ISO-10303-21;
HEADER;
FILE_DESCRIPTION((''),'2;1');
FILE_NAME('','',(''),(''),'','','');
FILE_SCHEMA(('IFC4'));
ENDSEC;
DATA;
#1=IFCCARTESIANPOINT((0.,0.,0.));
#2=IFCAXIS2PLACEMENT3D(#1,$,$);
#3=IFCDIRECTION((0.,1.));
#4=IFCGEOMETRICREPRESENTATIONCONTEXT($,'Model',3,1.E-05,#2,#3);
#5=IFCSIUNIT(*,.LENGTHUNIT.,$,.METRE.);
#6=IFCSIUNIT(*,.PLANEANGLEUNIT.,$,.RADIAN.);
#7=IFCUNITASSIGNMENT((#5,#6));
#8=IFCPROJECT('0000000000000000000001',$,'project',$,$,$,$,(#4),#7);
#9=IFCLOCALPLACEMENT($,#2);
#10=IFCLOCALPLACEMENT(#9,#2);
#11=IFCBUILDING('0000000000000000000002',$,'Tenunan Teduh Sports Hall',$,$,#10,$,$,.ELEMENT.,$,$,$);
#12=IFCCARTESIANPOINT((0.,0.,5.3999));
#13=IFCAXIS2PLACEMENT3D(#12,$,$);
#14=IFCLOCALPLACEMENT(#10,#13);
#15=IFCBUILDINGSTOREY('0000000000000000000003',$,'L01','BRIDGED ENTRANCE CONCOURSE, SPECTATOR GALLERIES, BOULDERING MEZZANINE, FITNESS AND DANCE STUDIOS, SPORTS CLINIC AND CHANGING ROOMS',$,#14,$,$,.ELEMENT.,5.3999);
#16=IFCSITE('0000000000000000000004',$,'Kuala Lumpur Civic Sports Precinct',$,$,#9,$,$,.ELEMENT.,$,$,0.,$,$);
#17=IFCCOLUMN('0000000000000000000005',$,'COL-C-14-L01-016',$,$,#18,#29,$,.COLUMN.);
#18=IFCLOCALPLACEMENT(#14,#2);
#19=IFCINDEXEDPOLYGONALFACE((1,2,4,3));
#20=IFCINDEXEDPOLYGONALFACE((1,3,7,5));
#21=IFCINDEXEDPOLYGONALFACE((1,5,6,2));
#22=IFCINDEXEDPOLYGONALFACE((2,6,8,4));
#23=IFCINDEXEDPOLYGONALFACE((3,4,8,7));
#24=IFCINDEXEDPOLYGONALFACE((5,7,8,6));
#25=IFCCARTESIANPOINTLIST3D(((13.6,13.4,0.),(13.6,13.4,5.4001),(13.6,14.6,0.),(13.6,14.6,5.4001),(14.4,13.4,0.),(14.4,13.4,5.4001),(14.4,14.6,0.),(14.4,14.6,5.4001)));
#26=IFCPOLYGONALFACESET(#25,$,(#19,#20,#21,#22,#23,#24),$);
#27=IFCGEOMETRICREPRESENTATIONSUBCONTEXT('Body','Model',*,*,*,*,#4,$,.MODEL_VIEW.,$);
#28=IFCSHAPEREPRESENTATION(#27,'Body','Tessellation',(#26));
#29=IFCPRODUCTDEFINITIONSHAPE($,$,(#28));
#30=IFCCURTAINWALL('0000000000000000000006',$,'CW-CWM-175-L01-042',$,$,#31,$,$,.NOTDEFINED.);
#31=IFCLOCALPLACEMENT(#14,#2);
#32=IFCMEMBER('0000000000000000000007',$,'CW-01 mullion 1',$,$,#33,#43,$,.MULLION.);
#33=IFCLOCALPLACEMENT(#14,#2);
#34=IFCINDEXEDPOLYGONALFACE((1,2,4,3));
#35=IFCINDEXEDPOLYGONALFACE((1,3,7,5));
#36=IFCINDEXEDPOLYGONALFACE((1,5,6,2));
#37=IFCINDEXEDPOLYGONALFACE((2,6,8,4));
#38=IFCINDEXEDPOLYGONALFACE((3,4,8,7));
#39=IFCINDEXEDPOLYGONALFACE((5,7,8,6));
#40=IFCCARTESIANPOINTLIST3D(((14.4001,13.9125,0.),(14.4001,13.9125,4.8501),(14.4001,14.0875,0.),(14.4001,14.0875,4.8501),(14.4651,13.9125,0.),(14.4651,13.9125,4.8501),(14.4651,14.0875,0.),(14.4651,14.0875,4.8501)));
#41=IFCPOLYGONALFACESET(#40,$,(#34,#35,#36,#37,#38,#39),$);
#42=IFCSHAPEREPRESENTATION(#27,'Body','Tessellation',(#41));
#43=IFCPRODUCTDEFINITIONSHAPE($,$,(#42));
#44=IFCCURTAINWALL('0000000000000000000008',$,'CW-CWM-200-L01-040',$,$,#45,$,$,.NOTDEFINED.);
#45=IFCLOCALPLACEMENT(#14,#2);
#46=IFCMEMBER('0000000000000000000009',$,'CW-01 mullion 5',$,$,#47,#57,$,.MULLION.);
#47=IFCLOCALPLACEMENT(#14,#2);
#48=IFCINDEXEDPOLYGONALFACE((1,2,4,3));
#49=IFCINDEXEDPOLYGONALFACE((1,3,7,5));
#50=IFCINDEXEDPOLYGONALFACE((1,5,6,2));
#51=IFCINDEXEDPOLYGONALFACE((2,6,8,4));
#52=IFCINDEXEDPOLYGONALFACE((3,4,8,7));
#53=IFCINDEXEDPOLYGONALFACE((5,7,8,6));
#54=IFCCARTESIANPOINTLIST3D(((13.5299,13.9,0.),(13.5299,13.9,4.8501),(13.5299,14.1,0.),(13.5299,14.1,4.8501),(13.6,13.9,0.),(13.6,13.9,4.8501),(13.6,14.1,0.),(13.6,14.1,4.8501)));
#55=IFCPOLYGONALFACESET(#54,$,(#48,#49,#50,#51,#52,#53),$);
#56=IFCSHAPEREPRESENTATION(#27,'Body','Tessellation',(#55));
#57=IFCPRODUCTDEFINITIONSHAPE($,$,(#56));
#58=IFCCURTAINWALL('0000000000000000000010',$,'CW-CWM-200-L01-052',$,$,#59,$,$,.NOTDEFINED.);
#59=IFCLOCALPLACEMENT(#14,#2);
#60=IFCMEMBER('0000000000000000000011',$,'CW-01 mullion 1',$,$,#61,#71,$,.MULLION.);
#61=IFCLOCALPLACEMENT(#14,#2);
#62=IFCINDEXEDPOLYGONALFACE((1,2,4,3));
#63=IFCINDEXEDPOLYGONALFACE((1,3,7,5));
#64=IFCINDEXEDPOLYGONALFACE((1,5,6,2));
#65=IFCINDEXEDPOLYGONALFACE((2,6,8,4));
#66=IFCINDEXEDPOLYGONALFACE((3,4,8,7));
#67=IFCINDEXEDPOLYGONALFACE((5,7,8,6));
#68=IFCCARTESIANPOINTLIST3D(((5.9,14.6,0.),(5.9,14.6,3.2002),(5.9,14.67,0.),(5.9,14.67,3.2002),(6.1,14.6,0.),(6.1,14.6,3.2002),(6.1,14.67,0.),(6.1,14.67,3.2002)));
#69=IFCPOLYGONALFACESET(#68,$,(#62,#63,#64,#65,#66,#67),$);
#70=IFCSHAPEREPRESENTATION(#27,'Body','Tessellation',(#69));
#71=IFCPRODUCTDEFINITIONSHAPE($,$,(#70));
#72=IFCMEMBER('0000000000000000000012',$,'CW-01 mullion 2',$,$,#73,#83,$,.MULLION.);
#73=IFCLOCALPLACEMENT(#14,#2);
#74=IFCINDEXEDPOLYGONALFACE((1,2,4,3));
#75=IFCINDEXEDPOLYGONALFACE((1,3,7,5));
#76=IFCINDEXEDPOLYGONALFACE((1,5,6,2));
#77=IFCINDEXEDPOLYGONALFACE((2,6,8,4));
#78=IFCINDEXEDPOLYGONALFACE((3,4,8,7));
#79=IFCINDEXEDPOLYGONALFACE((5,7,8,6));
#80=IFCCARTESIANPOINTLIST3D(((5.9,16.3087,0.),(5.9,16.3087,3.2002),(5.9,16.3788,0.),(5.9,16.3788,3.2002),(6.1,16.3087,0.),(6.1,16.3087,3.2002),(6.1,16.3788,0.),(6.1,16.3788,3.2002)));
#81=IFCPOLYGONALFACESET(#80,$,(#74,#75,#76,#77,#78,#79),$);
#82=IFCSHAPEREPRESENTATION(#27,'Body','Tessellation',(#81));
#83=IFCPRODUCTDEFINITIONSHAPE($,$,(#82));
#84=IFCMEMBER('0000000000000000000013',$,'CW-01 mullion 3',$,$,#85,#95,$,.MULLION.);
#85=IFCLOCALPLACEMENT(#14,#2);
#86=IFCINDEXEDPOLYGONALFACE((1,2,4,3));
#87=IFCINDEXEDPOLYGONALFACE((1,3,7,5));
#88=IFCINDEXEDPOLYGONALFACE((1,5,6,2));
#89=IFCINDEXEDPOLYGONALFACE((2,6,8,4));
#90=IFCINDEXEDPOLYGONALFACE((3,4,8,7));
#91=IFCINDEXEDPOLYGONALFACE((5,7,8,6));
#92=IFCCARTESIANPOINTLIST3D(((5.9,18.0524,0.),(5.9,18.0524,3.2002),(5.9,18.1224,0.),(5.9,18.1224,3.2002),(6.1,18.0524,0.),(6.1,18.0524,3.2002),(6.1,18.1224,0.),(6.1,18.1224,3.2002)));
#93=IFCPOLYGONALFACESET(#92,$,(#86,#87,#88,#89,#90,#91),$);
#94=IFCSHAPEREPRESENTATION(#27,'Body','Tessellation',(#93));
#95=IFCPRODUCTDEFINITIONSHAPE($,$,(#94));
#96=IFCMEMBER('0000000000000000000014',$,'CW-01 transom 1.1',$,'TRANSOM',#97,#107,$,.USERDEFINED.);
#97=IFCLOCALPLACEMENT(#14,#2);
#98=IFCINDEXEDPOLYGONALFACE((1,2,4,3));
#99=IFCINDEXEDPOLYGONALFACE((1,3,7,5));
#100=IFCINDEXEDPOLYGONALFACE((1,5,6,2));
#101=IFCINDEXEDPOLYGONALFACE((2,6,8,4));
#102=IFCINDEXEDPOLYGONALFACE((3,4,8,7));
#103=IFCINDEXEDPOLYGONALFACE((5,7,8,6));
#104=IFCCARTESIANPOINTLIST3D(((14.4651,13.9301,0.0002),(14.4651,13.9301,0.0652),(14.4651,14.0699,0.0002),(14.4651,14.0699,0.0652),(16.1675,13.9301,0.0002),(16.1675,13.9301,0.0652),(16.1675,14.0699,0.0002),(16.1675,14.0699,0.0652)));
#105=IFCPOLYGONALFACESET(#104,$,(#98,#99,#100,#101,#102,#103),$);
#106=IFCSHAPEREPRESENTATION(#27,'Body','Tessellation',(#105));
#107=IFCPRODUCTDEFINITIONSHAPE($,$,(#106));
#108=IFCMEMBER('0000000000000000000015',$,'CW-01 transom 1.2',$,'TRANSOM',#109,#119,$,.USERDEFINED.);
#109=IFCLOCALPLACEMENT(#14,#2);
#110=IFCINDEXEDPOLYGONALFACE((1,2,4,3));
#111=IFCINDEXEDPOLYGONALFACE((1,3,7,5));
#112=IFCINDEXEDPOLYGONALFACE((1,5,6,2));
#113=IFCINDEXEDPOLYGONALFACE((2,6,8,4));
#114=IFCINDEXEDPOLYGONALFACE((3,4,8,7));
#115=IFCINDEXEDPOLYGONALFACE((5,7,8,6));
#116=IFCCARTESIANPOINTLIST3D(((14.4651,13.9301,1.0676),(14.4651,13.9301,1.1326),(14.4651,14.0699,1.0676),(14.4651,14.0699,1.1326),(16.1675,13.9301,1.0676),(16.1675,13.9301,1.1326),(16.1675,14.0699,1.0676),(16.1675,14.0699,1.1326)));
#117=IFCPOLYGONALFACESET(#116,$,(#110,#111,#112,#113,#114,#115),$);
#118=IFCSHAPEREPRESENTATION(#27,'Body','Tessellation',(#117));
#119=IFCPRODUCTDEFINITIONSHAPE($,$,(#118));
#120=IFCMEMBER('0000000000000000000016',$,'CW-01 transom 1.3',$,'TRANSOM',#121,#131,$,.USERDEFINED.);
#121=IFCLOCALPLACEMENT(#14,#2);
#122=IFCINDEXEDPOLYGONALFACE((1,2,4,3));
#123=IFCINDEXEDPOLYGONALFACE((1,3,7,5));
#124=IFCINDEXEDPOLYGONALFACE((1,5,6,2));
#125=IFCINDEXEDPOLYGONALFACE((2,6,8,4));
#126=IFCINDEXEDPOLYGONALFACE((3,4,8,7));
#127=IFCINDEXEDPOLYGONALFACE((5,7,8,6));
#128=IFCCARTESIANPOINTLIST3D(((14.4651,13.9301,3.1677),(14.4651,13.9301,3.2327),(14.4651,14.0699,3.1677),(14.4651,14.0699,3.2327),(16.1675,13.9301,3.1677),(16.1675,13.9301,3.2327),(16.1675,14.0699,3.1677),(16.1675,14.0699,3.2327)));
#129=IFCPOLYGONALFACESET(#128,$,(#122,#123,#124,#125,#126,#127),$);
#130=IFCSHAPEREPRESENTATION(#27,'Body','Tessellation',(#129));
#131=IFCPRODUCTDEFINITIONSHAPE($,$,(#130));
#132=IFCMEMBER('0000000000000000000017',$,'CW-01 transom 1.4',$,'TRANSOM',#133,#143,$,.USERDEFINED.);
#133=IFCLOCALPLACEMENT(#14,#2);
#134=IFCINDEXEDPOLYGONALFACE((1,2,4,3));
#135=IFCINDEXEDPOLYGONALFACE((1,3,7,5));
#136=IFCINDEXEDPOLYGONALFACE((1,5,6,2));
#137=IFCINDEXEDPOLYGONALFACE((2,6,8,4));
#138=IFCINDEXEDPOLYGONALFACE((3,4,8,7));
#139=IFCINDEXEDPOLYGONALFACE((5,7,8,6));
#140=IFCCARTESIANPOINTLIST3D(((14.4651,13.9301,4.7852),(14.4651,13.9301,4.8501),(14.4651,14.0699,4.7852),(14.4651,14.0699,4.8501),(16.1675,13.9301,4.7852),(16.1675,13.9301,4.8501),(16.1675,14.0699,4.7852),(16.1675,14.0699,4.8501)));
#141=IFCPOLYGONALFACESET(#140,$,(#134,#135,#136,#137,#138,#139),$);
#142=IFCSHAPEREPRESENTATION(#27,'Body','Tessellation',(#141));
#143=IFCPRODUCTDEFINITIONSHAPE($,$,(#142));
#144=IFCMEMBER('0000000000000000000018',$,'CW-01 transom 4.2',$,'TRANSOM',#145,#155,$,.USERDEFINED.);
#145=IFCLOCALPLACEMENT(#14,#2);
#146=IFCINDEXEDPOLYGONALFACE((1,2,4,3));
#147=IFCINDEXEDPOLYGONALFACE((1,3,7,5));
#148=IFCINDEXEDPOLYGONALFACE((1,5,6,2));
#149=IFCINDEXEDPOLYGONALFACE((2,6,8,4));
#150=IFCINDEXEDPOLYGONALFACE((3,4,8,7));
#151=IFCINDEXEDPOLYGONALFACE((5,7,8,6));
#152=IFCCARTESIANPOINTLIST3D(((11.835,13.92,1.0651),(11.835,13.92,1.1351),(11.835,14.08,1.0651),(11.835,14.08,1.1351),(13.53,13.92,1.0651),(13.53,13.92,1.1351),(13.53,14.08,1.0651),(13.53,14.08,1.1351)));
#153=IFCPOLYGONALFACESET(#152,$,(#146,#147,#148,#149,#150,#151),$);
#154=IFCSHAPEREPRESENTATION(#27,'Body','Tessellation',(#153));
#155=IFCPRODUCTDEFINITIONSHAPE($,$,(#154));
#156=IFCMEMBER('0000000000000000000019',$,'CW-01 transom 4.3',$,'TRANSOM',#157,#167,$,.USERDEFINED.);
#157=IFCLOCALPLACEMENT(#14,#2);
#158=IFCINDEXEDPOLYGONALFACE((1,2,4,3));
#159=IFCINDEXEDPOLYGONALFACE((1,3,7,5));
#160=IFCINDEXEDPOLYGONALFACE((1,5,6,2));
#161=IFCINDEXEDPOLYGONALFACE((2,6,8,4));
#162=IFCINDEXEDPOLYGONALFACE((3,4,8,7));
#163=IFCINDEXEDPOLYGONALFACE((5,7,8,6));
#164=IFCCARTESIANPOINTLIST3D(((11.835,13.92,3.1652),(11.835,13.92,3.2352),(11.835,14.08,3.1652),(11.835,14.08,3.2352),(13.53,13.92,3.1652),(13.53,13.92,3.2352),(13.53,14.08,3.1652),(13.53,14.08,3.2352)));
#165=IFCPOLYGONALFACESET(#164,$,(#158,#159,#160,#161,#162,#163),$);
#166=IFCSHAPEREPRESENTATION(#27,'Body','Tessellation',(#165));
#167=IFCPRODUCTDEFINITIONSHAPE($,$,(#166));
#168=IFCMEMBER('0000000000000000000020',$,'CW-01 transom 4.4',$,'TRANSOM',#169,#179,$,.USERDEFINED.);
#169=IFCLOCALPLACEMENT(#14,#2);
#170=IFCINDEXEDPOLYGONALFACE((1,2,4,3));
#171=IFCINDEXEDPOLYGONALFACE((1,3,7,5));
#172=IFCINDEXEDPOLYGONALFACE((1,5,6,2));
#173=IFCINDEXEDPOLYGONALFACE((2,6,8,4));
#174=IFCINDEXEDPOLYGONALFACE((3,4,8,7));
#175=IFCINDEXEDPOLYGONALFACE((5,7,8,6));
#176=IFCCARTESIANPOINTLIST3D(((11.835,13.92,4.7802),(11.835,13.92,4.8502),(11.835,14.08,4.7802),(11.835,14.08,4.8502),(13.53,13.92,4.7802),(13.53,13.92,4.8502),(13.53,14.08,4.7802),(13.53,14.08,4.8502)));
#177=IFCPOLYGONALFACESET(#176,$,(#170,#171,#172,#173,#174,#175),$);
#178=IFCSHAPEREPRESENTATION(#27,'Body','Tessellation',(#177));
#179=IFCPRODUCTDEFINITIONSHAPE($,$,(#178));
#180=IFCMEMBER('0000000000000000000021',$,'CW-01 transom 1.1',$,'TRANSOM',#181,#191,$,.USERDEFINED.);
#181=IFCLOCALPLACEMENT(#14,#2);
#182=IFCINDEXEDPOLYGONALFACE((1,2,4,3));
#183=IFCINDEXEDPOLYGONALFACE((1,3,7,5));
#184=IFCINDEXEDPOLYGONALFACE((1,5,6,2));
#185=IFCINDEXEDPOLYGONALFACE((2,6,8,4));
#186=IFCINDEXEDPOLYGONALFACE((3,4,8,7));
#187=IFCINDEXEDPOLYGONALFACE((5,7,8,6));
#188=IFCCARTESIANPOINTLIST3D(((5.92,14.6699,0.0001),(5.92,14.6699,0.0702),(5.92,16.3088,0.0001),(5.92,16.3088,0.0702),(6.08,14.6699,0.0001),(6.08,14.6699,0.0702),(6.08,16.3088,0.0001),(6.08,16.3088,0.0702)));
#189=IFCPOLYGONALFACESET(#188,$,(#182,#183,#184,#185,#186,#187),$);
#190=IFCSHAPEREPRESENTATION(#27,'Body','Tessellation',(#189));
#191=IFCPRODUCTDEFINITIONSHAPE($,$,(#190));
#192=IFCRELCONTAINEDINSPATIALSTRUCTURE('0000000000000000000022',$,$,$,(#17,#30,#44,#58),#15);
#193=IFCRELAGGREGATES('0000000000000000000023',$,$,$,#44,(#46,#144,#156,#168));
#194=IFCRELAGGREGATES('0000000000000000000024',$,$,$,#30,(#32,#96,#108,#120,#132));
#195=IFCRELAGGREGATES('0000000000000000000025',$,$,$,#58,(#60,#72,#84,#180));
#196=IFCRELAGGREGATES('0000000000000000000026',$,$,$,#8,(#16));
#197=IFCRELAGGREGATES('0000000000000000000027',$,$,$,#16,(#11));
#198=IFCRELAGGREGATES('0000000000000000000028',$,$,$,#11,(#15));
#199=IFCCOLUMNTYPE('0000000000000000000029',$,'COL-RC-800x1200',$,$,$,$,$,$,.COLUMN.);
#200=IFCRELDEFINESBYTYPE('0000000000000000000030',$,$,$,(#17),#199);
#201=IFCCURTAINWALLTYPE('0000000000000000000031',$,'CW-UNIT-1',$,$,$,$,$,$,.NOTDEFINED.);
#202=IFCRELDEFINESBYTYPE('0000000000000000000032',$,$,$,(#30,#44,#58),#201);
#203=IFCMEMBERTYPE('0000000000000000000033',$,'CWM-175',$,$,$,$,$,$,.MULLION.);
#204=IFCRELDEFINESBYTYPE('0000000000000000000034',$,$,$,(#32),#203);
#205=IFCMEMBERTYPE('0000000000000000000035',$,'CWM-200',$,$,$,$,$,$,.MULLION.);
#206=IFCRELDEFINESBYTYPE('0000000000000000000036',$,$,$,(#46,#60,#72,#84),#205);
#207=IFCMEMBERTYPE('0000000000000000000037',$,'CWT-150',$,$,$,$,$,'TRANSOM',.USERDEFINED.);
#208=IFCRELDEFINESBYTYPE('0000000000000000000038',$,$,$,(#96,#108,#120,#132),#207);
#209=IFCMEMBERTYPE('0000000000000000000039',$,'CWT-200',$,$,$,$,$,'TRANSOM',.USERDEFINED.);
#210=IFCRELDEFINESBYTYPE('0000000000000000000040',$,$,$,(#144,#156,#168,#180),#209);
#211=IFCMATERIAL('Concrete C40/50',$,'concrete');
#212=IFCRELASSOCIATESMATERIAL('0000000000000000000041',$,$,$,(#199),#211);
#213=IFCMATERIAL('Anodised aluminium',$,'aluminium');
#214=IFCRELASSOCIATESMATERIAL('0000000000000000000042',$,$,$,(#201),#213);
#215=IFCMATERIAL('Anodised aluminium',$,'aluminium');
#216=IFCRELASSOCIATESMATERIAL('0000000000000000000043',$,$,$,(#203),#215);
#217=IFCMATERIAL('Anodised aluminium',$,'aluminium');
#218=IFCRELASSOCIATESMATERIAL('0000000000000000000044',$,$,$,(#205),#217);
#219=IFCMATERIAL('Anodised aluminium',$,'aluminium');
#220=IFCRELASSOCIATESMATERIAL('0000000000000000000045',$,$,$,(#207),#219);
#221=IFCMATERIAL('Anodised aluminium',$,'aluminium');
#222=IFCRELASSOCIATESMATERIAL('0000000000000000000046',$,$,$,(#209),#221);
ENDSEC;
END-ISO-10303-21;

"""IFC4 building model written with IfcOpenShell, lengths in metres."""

from ifc_helpers import new_model, si_unit, direction, frame, origin, origin_2d, place, context, subcontext, project, spatial, rectangle, extrude, material, material_profile, profile_set, type_object, element, aggregate, save


model = new_model("IFC4")

# Units and contexts
model_context = context("Model", 3, precision=1e-05, world=origin(), true_north=direction((0.0, 1.0)))
body_context = subcontext(model_context, "Body", "Model", "MODEL_VIEW")
ifc_project = project(units=[si_unit("LENGTHUNIT", "METRE"), si_unit("PLANEANGLEUNIT", "RADIAN")], contexts=[model_context])

# Site, building, storey
site_placement = place(None, origin())
site = spatial("IfcSite", under=ifc_project, at=site_placement, Name="Kuala Lumpur Civic Sports Precinct", CompositionType="ELEMENT", RefElevation=0.0)
building_placement = place(site_placement, origin())
building = spatial("IfcBuilding", under=site, at=building_placement, Name="Tenunan Teduh Sports Hall", CompositionType="ELEMENT")
storey_placement = place(building_placement, frame((0.0, 0.0, 5.3999)))
storey = spatial("IfcBuildingStorey", under=building, at=storey_placement, Name="L01", Description="BRIDGED ENTRANCE CONCOURSE, SPECTATOR GALLERIES, BOULDERING MEZZANINE, FITNESS AND DANCE STUDIOS, SPORTS CLINIC AND CHANGING ROOMS", CompositionType="ELEMENT", Elevation=5.3999)

# Column
ifc_material_1 = material(Name="Concrete C40/50", Category="concrete")
ifc_material_profile_1 = material_profile(ifc_material_1, rectangle(XDim=0.8, YDim=1.2, at=origin_2d()), Name="RC 800x1200")
ifc_profile_set_1 = profile_set([ifc_material_profile_1], Name="Concrete C40/50")
column_type = type_object("IfcColumnType", Name="COL-RC-800x1200", PredefinedType="COLUMN", material=ifc_profile_set_1)
column_placement = place(storey_placement, frame((14.0, 14.0, 0.0), z_axis=(0.0, 0.0, 1.0), x_axis=(1.0, 0.0, 0.0)))
element("IfcColumn", 1, at=column_placement, inside=storey, type_object=column_type, Name="COL-C-14-L01-016", PredefinedType="COLUMN", context=body_context, shape_type="SweptSolid", body=[
    extrude(rectangle(XDim=0.8, YDim=1.2, at=origin_2d()), origin(), (0.0, 0.0, 1.0), 5.4001),
])

# Curtain walls, members
ifc_material_2 = material(Name="Anodised aluminium", Category="aluminium")
curtain_wall_type = type_object("IfcCurtainWallType", Name="CW-UNIT-1", PredefinedType="NOTDEFINED", material=ifc_material_2)
curtain_wall_1_placement = place(storey_placement, origin())
curtain_wall_1 = element("IfcCurtainWall", 2, at=curtain_wall_1_placement, inside=storey, type_object=curtain_wall_type, Name="CW-CWM-175-L01-042", PredefinedType="NOTDEFINED")
ifc_material_3 = material(Name="Anodised aluminium", Category="aluminium")
ifc_material_profile_2 = material_profile(ifc_material_3, rectangle(XDim=0.0649, YDim=0.175, at=origin_2d()), Name="CWM 65x175")
ifc_profile_set_2 = profile_set([ifc_material_profile_2], Name="Anodised aluminium")
member_type_1 = type_object("IfcMemberType", Name="CWM-175", PredefinedType="MULLION", material=ifc_profile_set_2)
member_1_placement = place(storey_placement, frame((14.4326, 14.0, 0.0), z_axis=(0.0, 0.0, 1.0), x_axis=(1.0, 0.0, 0.0)))
member_1 = element("IfcMember", 3, at=member_1_placement, type_object=member_type_1, Name="CW-01 mullion 1", PredefinedType="MULLION", context=body_context, shape_type="SweptSolid", body=[
    extrude(rectangle(XDim=0.0649, YDim=0.175, at=origin_2d()), origin(), (0.0, 0.0, 1.0), 4.8501),
])
curtain_wall_2_placement = place(storey_placement, origin())
curtain_wall_2 = element("IfcCurtainWall", 4, at=curtain_wall_2_placement, inside=storey, type_object=curtain_wall_type, Name="CW-CWM-200-L01-040", PredefinedType="NOTDEFINED")
ifc_material_4 = material(Name="Anodised aluminium", Category="aluminium")
ifc_material_profile_3 = material_profile(ifc_material_4, rectangle(XDim=0.0701, YDim=0.2, at=origin_2d()), Name="CWM 70x200")
ifc_profile_set_3 = profile_set([ifc_material_profile_3], Name="Anodised aluminium")
member_type_2 = type_object("IfcMemberType", Name="CWM-200", PredefinedType="MULLION", material=ifc_profile_set_3)
member_2_placement = place(storey_placement, frame((13.5649, 14.0, 0.0), z_axis=(0.0, 0.0, 1.0), x_axis=(1.0, 0.0, 0.0)))
member_2 = element("IfcMember", 5, at=member_2_placement, type_object=member_type_2, Name="CW-01 mullion 5", PredefinedType="MULLION", context=body_context, shape_type="SweptSolid", body=[
    extrude(rectangle(XDim=0.0701, YDim=0.2, at=origin_2d()), origin(), (0.0, 0.0, 1.0), 4.8501),
])

# Curtain wall, members
curtain_wall_3_placement = place(storey_placement, origin())
curtain_wall_3 = element("IfcCurtainWall", 6, at=curtain_wall_3_placement, inside=storey, type_object=curtain_wall_type, Name="CW-CWM-200-L01-052", PredefinedType="NOTDEFINED")
member_3_placement = place(storey_placement, frame((6.0, 14.635, 0.0), z_axis=(0.0, 0.0, 1.0), x_axis=(0.0, 1.0, 0.0)))
member_3 = element("IfcMember", 7, at=member_3_placement, type_object=member_type_2, Name="CW-01 mullion 1", PredefinedType="MULLION", context=body_context, shape_type="SweptSolid", body=[
    extrude(rectangle(XDim=0.0701, YDim=0.2, at=origin_2d()), origin(), (0.0, 0.0, 1.0), 3.2002),
])
member_4_placement = place(storey_placement, frame((6.0, 16.3438, 0.0), z_axis=(0.0, 0.0, 1.0), x_axis=(0.0, 1.0, 0.0)))
member_4 = element("IfcMember", 8, at=member_4_placement, type_object=member_type_2, Name="CW-01 mullion 2", PredefinedType="MULLION", context=body_context, shape_type="SweptSolid", body=[
    extrude(rectangle(XDim=0.0701, YDim=0.2, at=origin_2d()), origin(), (0.0, 0.0, 1.0), 3.2002),
])
member_5_placement = place(storey_placement, frame((6.0, 18.0874, 0.0), z_axis=(0.0, 0.0, 1.0), x_axis=(0.0, 1.0, 0.0)))
member_5 = element("IfcMember", 9, at=member_5_placement, type_object=member_type_2, Name="CW-01 mullion 3", PredefinedType="MULLION", context=body_context, shape_type="SweptSolid", body=[
    extrude(rectangle(XDim=0.0701, YDim=0.2, at=origin_2d()), origin(), (0.0, 0.0, 1.0), 3.2002),
])

# Members
ifc_material_5 = material(Name="Anodised aluminium", Category="aluminium")
ifc_material_profile_4 = material_profile(ifc_material_5, rectangle(XDim=0.0649, YDim=0.1399, at=origin_2d()), Name="CWT 65x140")
ifc_profile_set_4 = profile_set([ifc_material_profile_4], Name="Anodised aluminium")
member_type_3 = type_object("IfcMemberType", Name="CWT-150", ElementType="TRANSOM", PredefinedType="USERDEFINED", material=ifc_profile_set_4)
member_6_placement = place(storey_placement, frame((14.4651, 14.0, 0.0327), z_axis=(1.0, 0.0, 0.0), x_axis=(0.0, 0.0, 1.0)))
member_6 = element("IfcMember", 10, at=member_6_placement, type_object=member_type_3, Name="CW-01 transom 1.1", ObjectType="TRANSOM", PredefinedType="USERDEFINED", context=body_context, shape_type="SweptSolid", body=[
    extrude(rectangle(XDim=0.0649, YDim=0.1399, at=origin_2d()), origin(), (0.0, 0.0, 1.0), 1.7024),
])
member_7_placement = place(storey_placement, frame((14.4651, 14.0, 1.1001), z_axis=(1.0, 0.0, 0.0), x_axis=(0.0, 0.0, 1.0)))
member_7 = element("IfcMember", 11, at=member_7_placement, type_object=member_type_3, Name="CW-01 transom 1.2", ObjectType="TRANSOM", PredefinedType="USERDEFINED", context=body_context, shape_type="SweptSolid", body=[
    extrude(rectangle(XDim=0.0649, YDim=0.1399, at=origin_2d()), origin(), (0.0, 0.0, 1.0), 1.7024),
])
member_8_placement = place(storey_placement, frame((14.4651, 14.0, 3.2002), z_axis=(1.0, 0.0, 0.0), x_axis=(0.0, 0.0, 1.0)))
member_8 = element("IfcMember", 12, at=member_8_placement, type_object=member_type_3, Name="CW-01 transom 1.3", ObjectType="TRANSOM", PredefinedType="USERDEFINED", context=body_context, shape_type="SweptSolid", body=[
    extrude(rectangle(XDim=0.0649, YDim=0.1399, at=origin_2d()), origin(), (0.0, 0.0, 1.0), 1.7024),
])
member_9_placement = place(storey_placement, frame((14.4651, 14.0, 4.8176), z_axis=(1.0, 0.0, 0.0), x_axis=(0.0, 0.0, 1.0)))
member_9 = element("IfcMember", 13, at=member_9_placement, type_object=member_type_3, Name="CW-01 transom 1.4", ObjectType="TRANSOM", PredefinedType="USERDEFINED", context=body_context, shape_type="SweptSolid", body=[
    extrude(rectangle(XDim=0.0649, YDim=0.1399, at=origin_2d()), origin(), (0.0, 0.0, 1.0), 1.7024),
])
ifc_material_6 = material(Name="Anodised aluminium", Category="aluminium")
ifc_material_profile_5 = material_profile(ifc_material_6, rectangle(XDim=0.0701, YDim=0.1599, at=origin_2d()), Name="CWT 70x160")
ifc_profile_set_5 = profile_set([ifc_material_profile_5], Name="Anodised aluminium")
member_type_4 = type_object("IfcMemberType", Name="CWT-200", ElementType="TRANSOM", PredefinedType="USERDEFINED", material=ifc_profile_set_5)
member_10_placement = place(storey_placement, frame((11.835, 14.0, 1.1001), z_axis=(1.0, 0.0, 0.0), x_axis=(0.0, 0.0, 1.0)))
member_10 = element("IfcMember", 14, at=member_10_placement, type_object=member_type_4, Name="CW-01 transom 4.2", ObjectType="TRANSOM", PredefinedType="USERDEFINED", context=body_context, shape_type="SweptSolid", body=[
    extrude(rectangle(XDim=0.0701, YDim=0.1599, at=origin_2d()), origin(), (0.0, 0.0, 1.0), 1.6951),
])
member_11_placement = place(storey_placement, frame((11.835, 14.0, 3.2002), z_axis=(1.0, 0.0, 0.0), x_axis=(0.0, 0.0, 1.0)))
member_11 = element("IfcMember", 15, at=member_11_placement, type_object=member_type_4, Name="CW-01 transom 4.3", ObjectType="TRANSOM", PredefinedType="USERDEFINED", context=body_context, shape_type="SweptSolid", body=[
    extrude(rectangle(XDim=0.0701, YDim=0.1599, at=origin_2d()), origin(), (0.0, 0.0, 1.0), 1.6951),
])
member_12_placement = place(storey_placement, frame((11.835, 14.0, 4.8152), z_axis=(1.0, 0.0, 0.0), x_axis=(0.0, 0.0, 1.0)))
member_12 = element("IfcMember", 16, at=member_12_placement, type_object=member_type_4, Name="CW-01 transom 4.4", ObjectType="TRANSOM", PredefinedType="USERDEFINED", context=body_context, shape_type="SweptSolid", body=[
    extrude(rectangle(XDim=0.0701, YDim=0.1599, at=origin_2d()), origin(), (0.0, 0.0, 1.0), 1.6951),
])
member_13_placement = place(storey_placement, frame((6.0, 14.6699, 0.0352), z_axis=(0.0, 1.0, 0.0), x_axis=(0.0, 0.0, 1.0)))
member_13 = element("IfcMember", 17, at=member_13_placement, type_object=member_type_4, Name="CW-01 transom 1.1", ObjectType="TRANSOM", PredefinedType="USERDEFINED", context=body_context, shape_type="SweptSolid", body=[
    extrude(rectangle(XDim=0.0701, YDim=0.1599, at=origin_2d()), origin(), (0.0, 0.0, 1.0), 1.6389),
])

aggregate(curtain_wall_2, [member_2, member_10, member_11, member_12])
aggregate(curtain_wall_1, [member_1, member_6, member_7, member_8, member_9])
aggregate(curtain_wall_3, [member_3, member_4, member_5, member_13])

save(model, "model.ifc")
